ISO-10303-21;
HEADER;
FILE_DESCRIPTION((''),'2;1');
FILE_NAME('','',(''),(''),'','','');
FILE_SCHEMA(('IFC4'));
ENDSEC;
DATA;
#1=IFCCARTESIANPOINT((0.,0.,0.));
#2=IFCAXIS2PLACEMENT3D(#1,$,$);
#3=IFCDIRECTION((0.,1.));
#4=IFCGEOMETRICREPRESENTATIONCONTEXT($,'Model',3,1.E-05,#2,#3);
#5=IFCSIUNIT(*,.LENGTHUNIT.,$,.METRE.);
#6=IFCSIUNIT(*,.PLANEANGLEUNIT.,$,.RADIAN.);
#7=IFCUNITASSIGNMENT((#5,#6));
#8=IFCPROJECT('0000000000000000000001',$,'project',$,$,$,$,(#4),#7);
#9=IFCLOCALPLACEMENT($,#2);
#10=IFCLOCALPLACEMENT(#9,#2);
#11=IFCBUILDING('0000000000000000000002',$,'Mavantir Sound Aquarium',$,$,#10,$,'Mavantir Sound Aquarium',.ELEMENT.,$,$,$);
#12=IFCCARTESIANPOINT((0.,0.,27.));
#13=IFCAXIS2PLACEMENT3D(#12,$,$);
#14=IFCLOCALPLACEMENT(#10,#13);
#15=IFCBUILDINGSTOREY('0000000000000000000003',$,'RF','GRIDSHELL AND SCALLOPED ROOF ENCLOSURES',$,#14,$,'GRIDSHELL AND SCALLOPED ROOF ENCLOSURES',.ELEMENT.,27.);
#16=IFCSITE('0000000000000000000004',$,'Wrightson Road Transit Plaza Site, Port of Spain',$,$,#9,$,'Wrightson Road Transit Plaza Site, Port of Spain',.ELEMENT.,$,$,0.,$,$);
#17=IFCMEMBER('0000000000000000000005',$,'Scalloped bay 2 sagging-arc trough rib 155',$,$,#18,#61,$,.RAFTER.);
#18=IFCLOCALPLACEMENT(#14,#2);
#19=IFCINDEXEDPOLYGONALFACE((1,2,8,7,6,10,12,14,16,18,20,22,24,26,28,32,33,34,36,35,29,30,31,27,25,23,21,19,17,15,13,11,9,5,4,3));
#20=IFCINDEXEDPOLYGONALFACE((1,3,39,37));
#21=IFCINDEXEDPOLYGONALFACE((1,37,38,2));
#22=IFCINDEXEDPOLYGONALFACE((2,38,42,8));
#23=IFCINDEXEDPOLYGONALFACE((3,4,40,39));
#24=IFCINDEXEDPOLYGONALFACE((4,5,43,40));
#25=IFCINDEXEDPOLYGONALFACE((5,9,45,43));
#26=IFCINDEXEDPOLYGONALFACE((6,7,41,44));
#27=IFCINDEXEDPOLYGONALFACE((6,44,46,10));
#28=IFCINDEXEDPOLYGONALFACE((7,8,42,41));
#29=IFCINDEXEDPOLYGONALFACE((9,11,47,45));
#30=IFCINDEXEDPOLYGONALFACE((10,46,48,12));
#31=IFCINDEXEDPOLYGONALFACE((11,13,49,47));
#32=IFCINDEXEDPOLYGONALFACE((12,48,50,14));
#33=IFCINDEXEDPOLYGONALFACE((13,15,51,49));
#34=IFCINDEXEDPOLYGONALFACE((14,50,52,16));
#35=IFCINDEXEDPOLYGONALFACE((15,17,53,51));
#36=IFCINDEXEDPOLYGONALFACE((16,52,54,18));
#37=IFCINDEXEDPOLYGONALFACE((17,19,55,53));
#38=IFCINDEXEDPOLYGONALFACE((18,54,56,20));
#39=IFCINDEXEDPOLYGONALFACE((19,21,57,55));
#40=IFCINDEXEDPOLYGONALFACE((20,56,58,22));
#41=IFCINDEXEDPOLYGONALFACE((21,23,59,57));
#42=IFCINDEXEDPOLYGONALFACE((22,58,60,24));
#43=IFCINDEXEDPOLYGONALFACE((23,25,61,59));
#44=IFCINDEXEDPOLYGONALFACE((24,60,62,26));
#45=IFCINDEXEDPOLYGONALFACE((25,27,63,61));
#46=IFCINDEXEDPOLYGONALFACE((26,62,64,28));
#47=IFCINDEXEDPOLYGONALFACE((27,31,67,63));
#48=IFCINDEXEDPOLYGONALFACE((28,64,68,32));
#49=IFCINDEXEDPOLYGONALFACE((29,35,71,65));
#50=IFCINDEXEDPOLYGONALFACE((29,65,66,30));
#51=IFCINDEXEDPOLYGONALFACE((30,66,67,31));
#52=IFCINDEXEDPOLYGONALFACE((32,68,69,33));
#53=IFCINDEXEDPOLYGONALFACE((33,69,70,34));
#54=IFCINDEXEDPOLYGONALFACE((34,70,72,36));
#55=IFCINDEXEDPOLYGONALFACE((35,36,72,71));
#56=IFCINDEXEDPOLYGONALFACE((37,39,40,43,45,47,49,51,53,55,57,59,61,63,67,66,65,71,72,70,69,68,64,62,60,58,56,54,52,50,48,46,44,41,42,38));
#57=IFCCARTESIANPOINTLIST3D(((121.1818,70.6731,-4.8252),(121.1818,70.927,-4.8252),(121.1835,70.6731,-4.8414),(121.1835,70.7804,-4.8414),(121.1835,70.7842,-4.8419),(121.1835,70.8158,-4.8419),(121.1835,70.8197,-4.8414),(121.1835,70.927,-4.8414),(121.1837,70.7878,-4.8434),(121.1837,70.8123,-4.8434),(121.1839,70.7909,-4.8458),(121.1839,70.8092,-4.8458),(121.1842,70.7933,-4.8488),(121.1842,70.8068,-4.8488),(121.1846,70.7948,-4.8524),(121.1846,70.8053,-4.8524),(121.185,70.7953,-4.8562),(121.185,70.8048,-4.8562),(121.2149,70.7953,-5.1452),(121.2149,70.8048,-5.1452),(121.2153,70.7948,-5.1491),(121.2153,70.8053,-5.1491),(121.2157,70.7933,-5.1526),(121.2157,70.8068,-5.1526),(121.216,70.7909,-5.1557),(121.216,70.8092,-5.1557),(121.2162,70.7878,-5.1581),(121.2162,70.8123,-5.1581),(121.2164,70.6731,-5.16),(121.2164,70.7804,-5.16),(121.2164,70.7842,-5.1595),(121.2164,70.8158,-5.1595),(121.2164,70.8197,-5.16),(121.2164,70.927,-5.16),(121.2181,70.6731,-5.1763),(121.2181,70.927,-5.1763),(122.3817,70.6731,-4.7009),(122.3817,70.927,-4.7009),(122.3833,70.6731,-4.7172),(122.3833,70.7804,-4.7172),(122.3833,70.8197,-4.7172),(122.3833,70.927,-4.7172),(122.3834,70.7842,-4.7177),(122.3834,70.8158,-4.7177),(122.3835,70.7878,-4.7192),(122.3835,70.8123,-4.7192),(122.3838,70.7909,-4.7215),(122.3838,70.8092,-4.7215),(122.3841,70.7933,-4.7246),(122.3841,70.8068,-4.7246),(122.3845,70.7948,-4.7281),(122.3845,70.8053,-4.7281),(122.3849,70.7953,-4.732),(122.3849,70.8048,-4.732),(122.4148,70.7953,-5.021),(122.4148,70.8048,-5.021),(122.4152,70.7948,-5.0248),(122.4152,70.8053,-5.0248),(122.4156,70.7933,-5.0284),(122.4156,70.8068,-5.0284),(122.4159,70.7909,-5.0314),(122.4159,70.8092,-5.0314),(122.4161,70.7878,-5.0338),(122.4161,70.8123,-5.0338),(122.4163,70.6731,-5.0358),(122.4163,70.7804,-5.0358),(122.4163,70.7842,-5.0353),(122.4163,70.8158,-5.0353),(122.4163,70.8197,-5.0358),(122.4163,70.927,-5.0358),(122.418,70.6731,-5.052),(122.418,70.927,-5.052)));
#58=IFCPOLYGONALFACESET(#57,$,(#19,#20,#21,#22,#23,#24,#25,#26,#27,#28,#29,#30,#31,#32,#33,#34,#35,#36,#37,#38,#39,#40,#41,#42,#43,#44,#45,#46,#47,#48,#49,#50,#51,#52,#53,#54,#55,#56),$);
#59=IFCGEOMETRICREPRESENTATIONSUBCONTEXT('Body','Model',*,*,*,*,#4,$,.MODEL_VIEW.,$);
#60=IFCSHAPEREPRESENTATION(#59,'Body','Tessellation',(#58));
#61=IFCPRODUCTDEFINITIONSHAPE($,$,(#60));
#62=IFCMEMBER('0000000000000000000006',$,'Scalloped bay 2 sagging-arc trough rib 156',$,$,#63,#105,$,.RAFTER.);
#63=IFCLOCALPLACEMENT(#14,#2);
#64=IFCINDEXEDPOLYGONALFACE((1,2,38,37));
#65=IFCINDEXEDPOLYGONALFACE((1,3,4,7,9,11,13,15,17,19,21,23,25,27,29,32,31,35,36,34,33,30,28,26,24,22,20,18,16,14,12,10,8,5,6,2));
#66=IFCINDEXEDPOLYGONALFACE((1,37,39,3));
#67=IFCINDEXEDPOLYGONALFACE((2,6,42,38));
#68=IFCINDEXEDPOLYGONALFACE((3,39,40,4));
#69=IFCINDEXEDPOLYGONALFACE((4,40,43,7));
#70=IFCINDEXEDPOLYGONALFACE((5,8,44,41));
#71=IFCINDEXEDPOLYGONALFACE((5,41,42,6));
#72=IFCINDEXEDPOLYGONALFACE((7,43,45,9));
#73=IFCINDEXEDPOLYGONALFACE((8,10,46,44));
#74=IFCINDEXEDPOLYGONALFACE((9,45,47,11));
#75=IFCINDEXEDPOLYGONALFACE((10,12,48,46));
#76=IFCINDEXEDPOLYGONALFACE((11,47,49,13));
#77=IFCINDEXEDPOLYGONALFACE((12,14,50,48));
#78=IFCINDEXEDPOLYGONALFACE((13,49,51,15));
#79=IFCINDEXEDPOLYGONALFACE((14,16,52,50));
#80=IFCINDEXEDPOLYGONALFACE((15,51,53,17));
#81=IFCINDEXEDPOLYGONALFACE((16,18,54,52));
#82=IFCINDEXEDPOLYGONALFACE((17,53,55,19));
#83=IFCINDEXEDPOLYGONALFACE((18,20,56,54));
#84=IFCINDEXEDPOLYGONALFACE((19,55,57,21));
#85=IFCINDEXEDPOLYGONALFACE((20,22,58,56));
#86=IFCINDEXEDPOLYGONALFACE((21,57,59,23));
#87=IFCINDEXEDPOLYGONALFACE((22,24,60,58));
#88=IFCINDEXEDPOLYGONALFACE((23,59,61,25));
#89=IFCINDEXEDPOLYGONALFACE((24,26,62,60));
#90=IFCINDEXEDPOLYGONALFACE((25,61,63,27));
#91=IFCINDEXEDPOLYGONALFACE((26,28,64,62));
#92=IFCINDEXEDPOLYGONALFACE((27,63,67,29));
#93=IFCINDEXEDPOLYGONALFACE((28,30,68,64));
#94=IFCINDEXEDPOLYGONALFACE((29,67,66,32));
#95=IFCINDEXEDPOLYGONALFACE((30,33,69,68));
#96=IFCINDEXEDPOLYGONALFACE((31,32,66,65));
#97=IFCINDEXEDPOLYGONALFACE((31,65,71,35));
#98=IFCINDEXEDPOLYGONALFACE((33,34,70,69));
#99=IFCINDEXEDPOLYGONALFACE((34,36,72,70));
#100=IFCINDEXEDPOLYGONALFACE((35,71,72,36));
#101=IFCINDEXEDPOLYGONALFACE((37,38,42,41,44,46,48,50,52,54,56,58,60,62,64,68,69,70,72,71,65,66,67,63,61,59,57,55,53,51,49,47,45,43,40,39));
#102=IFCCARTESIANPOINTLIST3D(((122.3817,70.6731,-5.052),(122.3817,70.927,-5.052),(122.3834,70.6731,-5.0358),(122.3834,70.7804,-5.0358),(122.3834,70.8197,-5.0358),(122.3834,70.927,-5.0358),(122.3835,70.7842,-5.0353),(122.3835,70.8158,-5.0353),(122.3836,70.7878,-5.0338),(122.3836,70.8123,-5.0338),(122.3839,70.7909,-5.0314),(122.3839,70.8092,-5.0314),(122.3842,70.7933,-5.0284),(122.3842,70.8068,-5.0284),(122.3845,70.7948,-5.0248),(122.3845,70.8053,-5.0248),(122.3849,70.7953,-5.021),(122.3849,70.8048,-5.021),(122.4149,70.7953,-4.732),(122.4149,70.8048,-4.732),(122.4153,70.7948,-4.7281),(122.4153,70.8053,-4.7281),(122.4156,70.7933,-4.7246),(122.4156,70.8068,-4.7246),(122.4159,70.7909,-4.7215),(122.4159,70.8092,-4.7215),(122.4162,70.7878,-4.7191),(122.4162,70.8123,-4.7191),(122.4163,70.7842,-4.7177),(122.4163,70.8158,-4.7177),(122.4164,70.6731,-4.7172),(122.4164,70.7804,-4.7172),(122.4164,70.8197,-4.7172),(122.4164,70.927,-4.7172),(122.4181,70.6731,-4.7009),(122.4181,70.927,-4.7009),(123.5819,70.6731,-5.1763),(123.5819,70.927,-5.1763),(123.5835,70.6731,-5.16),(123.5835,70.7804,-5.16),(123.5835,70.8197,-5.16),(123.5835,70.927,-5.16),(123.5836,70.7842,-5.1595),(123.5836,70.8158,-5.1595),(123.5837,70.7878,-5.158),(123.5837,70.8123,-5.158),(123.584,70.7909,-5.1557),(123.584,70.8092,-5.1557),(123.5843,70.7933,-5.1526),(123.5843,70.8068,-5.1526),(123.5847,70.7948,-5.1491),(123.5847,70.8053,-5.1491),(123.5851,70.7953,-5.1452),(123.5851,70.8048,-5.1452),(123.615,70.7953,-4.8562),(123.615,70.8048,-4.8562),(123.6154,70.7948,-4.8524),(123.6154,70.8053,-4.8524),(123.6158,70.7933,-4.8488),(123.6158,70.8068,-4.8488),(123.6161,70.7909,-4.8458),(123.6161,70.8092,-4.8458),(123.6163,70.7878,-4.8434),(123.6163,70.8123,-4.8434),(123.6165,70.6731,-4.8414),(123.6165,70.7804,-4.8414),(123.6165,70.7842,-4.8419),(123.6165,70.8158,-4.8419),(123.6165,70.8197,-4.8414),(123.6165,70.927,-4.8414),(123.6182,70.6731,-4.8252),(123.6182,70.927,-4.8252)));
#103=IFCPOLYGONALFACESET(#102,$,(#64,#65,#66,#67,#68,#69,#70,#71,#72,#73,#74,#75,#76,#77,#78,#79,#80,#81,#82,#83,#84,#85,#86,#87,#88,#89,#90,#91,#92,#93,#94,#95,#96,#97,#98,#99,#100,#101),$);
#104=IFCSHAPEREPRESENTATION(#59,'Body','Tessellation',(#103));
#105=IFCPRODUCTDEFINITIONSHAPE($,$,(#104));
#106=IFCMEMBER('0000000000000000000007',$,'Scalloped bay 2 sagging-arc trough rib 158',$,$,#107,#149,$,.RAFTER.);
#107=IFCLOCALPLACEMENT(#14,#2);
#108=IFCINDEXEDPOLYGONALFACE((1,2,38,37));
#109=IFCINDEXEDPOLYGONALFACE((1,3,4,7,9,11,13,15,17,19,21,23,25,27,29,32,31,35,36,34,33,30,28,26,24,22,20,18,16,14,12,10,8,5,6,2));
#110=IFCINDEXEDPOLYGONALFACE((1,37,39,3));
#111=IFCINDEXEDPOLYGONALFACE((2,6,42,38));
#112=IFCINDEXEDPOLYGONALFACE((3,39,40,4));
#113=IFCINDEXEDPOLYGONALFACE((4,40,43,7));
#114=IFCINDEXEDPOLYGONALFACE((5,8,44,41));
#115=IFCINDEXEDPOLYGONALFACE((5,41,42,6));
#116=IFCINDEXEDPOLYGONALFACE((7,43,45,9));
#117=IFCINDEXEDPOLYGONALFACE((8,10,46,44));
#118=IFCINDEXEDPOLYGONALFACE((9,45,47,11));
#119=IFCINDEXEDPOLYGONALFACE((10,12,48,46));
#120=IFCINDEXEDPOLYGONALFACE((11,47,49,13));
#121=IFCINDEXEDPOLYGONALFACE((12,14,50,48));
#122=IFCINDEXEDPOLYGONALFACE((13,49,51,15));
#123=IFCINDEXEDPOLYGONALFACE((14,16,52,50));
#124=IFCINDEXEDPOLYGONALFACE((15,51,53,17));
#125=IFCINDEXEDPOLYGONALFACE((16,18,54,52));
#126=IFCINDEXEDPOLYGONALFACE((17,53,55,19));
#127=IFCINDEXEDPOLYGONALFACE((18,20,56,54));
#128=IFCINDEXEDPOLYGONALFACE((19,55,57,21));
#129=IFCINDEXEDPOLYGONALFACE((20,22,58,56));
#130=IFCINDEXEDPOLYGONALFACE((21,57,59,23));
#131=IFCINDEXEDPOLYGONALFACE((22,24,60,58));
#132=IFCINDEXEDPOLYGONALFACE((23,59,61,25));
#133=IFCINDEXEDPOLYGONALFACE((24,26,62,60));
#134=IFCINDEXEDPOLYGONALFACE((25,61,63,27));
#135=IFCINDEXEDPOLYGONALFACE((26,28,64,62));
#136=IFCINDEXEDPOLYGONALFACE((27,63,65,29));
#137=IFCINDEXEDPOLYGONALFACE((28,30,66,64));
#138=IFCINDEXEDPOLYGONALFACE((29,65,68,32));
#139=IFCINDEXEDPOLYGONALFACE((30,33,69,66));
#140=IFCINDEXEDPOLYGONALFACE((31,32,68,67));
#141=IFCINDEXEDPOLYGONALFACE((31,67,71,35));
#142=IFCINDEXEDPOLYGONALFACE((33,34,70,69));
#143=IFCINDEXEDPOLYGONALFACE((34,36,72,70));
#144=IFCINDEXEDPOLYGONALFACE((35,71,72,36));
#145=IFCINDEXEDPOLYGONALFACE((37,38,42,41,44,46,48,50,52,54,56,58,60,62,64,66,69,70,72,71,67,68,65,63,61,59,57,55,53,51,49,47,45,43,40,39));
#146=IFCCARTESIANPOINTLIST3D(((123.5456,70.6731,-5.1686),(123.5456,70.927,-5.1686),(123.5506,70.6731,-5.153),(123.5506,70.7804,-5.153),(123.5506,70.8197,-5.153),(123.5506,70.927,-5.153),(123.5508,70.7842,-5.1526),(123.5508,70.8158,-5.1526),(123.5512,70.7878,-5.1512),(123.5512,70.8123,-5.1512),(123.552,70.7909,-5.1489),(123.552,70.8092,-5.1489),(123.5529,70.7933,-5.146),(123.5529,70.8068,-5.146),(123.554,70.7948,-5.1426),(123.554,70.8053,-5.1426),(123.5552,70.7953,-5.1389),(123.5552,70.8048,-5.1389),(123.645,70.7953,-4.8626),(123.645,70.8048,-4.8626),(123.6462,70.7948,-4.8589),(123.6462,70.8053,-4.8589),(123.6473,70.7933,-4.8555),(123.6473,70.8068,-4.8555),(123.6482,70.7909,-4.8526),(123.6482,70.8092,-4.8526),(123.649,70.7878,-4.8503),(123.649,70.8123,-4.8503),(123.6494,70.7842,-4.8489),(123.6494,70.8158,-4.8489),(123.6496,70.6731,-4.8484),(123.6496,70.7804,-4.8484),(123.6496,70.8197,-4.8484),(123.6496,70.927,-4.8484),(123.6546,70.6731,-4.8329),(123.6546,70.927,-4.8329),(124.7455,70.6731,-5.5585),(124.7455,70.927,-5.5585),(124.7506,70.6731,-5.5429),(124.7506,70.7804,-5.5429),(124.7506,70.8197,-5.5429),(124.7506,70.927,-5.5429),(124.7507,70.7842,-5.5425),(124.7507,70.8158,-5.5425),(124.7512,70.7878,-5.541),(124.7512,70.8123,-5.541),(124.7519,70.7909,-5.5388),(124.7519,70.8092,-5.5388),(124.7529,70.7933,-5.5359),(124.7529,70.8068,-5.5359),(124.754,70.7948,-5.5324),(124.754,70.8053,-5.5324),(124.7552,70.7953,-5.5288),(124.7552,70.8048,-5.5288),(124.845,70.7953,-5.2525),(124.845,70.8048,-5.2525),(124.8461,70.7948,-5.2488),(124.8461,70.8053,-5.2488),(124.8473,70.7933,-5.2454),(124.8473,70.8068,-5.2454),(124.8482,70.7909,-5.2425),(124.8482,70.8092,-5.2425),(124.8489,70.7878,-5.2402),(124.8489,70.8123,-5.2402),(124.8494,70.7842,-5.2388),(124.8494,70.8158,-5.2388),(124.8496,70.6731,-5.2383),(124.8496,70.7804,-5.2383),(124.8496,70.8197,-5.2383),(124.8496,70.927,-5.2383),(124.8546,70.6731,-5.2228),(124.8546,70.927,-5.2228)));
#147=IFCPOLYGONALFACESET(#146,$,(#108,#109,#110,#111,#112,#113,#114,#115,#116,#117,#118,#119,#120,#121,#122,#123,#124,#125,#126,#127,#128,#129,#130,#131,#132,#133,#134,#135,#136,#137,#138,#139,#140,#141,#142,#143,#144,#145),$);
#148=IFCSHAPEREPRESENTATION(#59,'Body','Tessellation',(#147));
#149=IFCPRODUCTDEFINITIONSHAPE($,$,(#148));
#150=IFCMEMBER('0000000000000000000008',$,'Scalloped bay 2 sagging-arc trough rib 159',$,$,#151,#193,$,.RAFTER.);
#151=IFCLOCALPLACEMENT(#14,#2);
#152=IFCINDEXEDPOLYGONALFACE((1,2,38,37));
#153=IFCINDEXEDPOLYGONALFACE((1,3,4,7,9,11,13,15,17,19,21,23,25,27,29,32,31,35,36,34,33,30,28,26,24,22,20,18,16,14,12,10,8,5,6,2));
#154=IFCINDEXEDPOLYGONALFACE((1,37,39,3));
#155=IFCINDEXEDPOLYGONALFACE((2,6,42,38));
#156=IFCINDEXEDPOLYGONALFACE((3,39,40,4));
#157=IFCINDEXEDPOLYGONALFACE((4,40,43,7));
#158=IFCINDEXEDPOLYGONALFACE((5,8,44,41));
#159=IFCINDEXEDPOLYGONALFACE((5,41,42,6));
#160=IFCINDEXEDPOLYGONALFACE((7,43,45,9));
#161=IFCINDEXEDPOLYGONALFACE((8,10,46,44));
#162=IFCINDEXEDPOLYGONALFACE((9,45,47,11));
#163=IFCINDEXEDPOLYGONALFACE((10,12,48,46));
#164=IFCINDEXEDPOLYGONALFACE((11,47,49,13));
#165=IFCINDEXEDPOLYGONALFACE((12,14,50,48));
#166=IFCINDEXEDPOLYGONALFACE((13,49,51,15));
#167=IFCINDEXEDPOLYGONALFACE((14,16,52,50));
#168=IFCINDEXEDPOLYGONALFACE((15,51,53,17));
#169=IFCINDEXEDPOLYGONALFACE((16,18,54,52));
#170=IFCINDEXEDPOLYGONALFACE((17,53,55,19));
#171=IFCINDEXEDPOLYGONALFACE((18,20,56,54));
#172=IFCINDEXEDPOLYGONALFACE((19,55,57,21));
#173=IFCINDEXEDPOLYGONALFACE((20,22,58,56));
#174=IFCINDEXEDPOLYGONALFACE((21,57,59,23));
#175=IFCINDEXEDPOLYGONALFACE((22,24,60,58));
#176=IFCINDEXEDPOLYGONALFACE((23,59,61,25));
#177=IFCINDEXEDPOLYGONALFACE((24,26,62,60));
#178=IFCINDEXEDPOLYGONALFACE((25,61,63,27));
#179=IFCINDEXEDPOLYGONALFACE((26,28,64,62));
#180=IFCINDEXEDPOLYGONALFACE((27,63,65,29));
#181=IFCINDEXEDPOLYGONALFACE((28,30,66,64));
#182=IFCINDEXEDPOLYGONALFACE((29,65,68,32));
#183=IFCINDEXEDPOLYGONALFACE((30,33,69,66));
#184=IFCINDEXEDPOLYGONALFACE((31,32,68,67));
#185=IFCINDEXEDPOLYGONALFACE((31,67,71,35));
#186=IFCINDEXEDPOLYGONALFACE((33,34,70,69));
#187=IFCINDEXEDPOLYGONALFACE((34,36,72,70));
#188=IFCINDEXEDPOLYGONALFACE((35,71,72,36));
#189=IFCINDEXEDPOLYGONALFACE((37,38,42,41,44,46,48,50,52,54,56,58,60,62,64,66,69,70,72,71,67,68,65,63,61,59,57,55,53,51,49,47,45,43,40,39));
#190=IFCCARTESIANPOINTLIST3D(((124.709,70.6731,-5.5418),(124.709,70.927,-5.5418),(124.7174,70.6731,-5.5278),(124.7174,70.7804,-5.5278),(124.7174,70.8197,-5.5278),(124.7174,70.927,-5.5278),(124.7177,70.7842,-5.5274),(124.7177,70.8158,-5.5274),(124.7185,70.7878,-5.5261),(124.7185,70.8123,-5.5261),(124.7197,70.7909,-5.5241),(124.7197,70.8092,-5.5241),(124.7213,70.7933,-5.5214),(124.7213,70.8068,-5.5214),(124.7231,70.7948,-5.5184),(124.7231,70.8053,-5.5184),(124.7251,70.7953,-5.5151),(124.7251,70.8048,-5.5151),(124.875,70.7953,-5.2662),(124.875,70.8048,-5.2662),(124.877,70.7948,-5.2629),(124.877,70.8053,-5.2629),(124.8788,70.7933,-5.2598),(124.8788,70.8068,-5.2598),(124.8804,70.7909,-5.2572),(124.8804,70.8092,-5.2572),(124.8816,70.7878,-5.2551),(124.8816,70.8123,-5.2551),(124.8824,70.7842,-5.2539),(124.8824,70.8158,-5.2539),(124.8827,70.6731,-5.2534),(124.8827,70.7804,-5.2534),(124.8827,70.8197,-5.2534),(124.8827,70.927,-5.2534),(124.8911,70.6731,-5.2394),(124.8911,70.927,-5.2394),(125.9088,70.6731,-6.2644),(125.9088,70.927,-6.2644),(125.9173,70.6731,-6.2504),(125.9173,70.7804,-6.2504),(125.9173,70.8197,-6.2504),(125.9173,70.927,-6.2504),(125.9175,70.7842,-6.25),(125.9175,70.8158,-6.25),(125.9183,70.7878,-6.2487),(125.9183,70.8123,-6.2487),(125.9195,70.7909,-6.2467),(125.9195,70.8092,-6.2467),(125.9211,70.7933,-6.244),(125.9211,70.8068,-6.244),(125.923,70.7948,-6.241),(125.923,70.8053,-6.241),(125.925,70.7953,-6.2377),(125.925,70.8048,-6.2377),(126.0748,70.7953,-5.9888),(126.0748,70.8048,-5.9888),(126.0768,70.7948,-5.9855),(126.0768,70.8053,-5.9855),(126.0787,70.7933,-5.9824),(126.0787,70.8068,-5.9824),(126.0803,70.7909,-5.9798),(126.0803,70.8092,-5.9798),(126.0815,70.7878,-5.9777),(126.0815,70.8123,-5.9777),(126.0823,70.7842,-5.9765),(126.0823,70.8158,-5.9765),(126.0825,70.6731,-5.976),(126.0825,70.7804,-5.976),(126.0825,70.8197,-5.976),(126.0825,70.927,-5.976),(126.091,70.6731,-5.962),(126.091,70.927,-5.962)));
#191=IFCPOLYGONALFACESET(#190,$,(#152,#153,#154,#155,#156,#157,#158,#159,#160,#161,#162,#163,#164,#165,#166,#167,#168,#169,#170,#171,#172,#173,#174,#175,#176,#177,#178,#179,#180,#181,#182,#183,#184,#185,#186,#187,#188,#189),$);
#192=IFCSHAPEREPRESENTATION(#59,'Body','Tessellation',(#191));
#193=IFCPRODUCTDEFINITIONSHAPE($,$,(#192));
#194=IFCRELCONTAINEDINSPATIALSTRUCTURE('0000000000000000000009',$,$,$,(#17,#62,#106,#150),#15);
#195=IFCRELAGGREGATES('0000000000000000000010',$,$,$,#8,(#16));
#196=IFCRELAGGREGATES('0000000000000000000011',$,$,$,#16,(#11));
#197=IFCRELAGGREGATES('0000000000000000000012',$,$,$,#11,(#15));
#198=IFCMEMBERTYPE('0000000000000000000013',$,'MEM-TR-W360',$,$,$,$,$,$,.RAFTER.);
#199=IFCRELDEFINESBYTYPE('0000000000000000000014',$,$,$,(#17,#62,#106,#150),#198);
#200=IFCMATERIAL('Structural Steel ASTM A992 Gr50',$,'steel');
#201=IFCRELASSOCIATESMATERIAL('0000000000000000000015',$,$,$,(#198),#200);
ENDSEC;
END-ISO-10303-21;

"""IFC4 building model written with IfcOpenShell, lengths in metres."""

from ifc_helpers import new_model, si_unit, direction, frame, origin, origin_2d, place, context, subcontext, project, spatial, i_section, extrude, material, material_profile, profile_set, type_object, element, save


model = new_model("IFC4")

# Units and contexts
model_context = context("Model", 3, precision=1e-05, world=origin(), true_north=direction((0.0, 1.0)))
body_context = subcontext(model_context, "Body", "Model", "MODEL_VIEW")
ifc_project = project(units=[si_unit("LENGTHUNIT", "METRE"), si_unit("PLANEANGLEUNIT", "RADIAN")], contexts=[model_context])

# Site, building, storey
site_placement = place(None, origin())
site = spatial("IfcSite", under=ifc_project, at=site_placement, Name="Wrightson Road Transit Plaza Site, Port of Spain", LongName="Wrightson Road Transit Plaza Site, Port of Spain", CompositionType="ELEMENT", RefElevation=0.0)
building_placement = place(site_placement, origin())
building = spatial("IfcBuilding", under=site, at=building_placement, Name="Mavantir Sound Aquarium", LongName="Mavantir Sound Aquarium", CompositionType="ELEMENT")
storey_placement = place(building_placement, frame((0.0, 0.0, 27.0)))
storey = spatial("IfcBuildingStorey", under=building, at=storey_placement, Name="RF", Description="GRIDSHELL AND SCALLOPED ROOF ENCLOSURES", LongName="GRIDSHELL AND SCALLOPED ROOF ENCLOSURES", CompositionType="ELEMENT", Elevation=27.0)

# Members
ifc_material_1 = material(Name="Structural Steel ASTM A992 Gr50", Category="steel")
ifc_material_profile_1 = material_profile(ifc_material_1, i_section(OverallWidth=0.2539, OverallDepth=0.353, WebThickness=0.0095, FlangeThickness=0.0164, FilletRadius=0.0149, at=origin_2d()), Name="W360X91")
ifc_profile_set_1 = profile_set([ifc_material_profile_1], Name="Structural Steel ASTM A992 Gr50")
member_type_1 = type_object("IfcMemberType", Name="MEM-TR-W360", PredefinedType="RAFTER", material=ifc_profile_set_1)
member_1_placement = place(storey_placement, frame((121.2, 70.8, -5.0007), z_axis=(0.99468, 0.0, 0.10301), x_axis=(0.0, 1.0, 0.0)))
element("IfcMember", 1, at=member_1_placement, inside=storey, type_object=member_type_1, Name="Scalloped bay 2 sagging-arc trough rib 155", PredefinedType="RAFTER", context=body_context, shape_type="SweptSolid", body=[
    extrude(i_section(OverallWidth=0.2539, OverallDepth=0.353, WebThickness=0.0095, FlangeThickness=0.0164, FilletRadius=0.0149, at=origin_2d()), origin(), (0.0, 0.0, 1.0), 1.2063),
])
member_2_placement = place(storey_placement, frame((122.3999, 70.8, -4.8765), z_axis=(0.994683, 0.0, -0.102989), x_axis=(0.0, 1.0, 0.0)))
element("IfcMember", 2, at=member_2_placement, inside=storey, type_object=member_type_1, Name="Scalloped bay 2 sagging-arc trough rib 156", PredefinedType="RAFTER", context=body_context, shape_type="SweptSolid", body=[
    extrude(i_section(OverallWidth=0.2539, OverallDepth=0.353, WebThickness=0.0095, FlangeThickness=0.0164, FilletRadius=0.0149, at=origin_2d()), origin(), (0.0, 0.0, 1.0), 1.2065),
])
member_3_placement = place(storey_placement, frame((123.6001, 70.8, -5.0007), z_axis=(0.951055, 0.0, -0.30902), x_axis=(0.0, 1.0, 0.0)))
element("IfcMember", 3, at=member_3_placement, inside=storey, type_object=member_type_1, Name="Scalloped bay 2 sagging-arc trough rib 158", PredefinedType="RAFTER", context=body_context, shape_type="SweptSolid", body=[
    extrude(i_section(OverallWidth=0.2539, OverallDepth=0.353, WebThickness=0.0095, FlangeThickness=0.0164, FilletRadius=0.0149, at=origin_2d()), origin(), (0.0, 0.0, 1.0), 1.2617),
])
member_4_placement = place(storey_placement, frame((124.8, 70.8, -5.3906), z_axis=(0.856646, 0.0, -0.515905), x_axis=(0.0, 1.0, 0.0)))
element("IfcMember", 4, at=member_4_placement, inside=storey, type_object=member_type_1, Name="Scalloped bay 2 sagging-arc trough rib 159", PredefinedType="RAFTER", context=body_context, shape_type="SweptSolid", body=[
    extrude(i_section(OverallWidth=0.2539, OverallDepth=0.353, WebThickness=0.0095, FlangeThickness=0.0164, FilletRadius=0.0149, at=origin_2d()), origin(), (0.0, 0.0, 1.0), 1.4006),
])

save(model, "model.ifc")
